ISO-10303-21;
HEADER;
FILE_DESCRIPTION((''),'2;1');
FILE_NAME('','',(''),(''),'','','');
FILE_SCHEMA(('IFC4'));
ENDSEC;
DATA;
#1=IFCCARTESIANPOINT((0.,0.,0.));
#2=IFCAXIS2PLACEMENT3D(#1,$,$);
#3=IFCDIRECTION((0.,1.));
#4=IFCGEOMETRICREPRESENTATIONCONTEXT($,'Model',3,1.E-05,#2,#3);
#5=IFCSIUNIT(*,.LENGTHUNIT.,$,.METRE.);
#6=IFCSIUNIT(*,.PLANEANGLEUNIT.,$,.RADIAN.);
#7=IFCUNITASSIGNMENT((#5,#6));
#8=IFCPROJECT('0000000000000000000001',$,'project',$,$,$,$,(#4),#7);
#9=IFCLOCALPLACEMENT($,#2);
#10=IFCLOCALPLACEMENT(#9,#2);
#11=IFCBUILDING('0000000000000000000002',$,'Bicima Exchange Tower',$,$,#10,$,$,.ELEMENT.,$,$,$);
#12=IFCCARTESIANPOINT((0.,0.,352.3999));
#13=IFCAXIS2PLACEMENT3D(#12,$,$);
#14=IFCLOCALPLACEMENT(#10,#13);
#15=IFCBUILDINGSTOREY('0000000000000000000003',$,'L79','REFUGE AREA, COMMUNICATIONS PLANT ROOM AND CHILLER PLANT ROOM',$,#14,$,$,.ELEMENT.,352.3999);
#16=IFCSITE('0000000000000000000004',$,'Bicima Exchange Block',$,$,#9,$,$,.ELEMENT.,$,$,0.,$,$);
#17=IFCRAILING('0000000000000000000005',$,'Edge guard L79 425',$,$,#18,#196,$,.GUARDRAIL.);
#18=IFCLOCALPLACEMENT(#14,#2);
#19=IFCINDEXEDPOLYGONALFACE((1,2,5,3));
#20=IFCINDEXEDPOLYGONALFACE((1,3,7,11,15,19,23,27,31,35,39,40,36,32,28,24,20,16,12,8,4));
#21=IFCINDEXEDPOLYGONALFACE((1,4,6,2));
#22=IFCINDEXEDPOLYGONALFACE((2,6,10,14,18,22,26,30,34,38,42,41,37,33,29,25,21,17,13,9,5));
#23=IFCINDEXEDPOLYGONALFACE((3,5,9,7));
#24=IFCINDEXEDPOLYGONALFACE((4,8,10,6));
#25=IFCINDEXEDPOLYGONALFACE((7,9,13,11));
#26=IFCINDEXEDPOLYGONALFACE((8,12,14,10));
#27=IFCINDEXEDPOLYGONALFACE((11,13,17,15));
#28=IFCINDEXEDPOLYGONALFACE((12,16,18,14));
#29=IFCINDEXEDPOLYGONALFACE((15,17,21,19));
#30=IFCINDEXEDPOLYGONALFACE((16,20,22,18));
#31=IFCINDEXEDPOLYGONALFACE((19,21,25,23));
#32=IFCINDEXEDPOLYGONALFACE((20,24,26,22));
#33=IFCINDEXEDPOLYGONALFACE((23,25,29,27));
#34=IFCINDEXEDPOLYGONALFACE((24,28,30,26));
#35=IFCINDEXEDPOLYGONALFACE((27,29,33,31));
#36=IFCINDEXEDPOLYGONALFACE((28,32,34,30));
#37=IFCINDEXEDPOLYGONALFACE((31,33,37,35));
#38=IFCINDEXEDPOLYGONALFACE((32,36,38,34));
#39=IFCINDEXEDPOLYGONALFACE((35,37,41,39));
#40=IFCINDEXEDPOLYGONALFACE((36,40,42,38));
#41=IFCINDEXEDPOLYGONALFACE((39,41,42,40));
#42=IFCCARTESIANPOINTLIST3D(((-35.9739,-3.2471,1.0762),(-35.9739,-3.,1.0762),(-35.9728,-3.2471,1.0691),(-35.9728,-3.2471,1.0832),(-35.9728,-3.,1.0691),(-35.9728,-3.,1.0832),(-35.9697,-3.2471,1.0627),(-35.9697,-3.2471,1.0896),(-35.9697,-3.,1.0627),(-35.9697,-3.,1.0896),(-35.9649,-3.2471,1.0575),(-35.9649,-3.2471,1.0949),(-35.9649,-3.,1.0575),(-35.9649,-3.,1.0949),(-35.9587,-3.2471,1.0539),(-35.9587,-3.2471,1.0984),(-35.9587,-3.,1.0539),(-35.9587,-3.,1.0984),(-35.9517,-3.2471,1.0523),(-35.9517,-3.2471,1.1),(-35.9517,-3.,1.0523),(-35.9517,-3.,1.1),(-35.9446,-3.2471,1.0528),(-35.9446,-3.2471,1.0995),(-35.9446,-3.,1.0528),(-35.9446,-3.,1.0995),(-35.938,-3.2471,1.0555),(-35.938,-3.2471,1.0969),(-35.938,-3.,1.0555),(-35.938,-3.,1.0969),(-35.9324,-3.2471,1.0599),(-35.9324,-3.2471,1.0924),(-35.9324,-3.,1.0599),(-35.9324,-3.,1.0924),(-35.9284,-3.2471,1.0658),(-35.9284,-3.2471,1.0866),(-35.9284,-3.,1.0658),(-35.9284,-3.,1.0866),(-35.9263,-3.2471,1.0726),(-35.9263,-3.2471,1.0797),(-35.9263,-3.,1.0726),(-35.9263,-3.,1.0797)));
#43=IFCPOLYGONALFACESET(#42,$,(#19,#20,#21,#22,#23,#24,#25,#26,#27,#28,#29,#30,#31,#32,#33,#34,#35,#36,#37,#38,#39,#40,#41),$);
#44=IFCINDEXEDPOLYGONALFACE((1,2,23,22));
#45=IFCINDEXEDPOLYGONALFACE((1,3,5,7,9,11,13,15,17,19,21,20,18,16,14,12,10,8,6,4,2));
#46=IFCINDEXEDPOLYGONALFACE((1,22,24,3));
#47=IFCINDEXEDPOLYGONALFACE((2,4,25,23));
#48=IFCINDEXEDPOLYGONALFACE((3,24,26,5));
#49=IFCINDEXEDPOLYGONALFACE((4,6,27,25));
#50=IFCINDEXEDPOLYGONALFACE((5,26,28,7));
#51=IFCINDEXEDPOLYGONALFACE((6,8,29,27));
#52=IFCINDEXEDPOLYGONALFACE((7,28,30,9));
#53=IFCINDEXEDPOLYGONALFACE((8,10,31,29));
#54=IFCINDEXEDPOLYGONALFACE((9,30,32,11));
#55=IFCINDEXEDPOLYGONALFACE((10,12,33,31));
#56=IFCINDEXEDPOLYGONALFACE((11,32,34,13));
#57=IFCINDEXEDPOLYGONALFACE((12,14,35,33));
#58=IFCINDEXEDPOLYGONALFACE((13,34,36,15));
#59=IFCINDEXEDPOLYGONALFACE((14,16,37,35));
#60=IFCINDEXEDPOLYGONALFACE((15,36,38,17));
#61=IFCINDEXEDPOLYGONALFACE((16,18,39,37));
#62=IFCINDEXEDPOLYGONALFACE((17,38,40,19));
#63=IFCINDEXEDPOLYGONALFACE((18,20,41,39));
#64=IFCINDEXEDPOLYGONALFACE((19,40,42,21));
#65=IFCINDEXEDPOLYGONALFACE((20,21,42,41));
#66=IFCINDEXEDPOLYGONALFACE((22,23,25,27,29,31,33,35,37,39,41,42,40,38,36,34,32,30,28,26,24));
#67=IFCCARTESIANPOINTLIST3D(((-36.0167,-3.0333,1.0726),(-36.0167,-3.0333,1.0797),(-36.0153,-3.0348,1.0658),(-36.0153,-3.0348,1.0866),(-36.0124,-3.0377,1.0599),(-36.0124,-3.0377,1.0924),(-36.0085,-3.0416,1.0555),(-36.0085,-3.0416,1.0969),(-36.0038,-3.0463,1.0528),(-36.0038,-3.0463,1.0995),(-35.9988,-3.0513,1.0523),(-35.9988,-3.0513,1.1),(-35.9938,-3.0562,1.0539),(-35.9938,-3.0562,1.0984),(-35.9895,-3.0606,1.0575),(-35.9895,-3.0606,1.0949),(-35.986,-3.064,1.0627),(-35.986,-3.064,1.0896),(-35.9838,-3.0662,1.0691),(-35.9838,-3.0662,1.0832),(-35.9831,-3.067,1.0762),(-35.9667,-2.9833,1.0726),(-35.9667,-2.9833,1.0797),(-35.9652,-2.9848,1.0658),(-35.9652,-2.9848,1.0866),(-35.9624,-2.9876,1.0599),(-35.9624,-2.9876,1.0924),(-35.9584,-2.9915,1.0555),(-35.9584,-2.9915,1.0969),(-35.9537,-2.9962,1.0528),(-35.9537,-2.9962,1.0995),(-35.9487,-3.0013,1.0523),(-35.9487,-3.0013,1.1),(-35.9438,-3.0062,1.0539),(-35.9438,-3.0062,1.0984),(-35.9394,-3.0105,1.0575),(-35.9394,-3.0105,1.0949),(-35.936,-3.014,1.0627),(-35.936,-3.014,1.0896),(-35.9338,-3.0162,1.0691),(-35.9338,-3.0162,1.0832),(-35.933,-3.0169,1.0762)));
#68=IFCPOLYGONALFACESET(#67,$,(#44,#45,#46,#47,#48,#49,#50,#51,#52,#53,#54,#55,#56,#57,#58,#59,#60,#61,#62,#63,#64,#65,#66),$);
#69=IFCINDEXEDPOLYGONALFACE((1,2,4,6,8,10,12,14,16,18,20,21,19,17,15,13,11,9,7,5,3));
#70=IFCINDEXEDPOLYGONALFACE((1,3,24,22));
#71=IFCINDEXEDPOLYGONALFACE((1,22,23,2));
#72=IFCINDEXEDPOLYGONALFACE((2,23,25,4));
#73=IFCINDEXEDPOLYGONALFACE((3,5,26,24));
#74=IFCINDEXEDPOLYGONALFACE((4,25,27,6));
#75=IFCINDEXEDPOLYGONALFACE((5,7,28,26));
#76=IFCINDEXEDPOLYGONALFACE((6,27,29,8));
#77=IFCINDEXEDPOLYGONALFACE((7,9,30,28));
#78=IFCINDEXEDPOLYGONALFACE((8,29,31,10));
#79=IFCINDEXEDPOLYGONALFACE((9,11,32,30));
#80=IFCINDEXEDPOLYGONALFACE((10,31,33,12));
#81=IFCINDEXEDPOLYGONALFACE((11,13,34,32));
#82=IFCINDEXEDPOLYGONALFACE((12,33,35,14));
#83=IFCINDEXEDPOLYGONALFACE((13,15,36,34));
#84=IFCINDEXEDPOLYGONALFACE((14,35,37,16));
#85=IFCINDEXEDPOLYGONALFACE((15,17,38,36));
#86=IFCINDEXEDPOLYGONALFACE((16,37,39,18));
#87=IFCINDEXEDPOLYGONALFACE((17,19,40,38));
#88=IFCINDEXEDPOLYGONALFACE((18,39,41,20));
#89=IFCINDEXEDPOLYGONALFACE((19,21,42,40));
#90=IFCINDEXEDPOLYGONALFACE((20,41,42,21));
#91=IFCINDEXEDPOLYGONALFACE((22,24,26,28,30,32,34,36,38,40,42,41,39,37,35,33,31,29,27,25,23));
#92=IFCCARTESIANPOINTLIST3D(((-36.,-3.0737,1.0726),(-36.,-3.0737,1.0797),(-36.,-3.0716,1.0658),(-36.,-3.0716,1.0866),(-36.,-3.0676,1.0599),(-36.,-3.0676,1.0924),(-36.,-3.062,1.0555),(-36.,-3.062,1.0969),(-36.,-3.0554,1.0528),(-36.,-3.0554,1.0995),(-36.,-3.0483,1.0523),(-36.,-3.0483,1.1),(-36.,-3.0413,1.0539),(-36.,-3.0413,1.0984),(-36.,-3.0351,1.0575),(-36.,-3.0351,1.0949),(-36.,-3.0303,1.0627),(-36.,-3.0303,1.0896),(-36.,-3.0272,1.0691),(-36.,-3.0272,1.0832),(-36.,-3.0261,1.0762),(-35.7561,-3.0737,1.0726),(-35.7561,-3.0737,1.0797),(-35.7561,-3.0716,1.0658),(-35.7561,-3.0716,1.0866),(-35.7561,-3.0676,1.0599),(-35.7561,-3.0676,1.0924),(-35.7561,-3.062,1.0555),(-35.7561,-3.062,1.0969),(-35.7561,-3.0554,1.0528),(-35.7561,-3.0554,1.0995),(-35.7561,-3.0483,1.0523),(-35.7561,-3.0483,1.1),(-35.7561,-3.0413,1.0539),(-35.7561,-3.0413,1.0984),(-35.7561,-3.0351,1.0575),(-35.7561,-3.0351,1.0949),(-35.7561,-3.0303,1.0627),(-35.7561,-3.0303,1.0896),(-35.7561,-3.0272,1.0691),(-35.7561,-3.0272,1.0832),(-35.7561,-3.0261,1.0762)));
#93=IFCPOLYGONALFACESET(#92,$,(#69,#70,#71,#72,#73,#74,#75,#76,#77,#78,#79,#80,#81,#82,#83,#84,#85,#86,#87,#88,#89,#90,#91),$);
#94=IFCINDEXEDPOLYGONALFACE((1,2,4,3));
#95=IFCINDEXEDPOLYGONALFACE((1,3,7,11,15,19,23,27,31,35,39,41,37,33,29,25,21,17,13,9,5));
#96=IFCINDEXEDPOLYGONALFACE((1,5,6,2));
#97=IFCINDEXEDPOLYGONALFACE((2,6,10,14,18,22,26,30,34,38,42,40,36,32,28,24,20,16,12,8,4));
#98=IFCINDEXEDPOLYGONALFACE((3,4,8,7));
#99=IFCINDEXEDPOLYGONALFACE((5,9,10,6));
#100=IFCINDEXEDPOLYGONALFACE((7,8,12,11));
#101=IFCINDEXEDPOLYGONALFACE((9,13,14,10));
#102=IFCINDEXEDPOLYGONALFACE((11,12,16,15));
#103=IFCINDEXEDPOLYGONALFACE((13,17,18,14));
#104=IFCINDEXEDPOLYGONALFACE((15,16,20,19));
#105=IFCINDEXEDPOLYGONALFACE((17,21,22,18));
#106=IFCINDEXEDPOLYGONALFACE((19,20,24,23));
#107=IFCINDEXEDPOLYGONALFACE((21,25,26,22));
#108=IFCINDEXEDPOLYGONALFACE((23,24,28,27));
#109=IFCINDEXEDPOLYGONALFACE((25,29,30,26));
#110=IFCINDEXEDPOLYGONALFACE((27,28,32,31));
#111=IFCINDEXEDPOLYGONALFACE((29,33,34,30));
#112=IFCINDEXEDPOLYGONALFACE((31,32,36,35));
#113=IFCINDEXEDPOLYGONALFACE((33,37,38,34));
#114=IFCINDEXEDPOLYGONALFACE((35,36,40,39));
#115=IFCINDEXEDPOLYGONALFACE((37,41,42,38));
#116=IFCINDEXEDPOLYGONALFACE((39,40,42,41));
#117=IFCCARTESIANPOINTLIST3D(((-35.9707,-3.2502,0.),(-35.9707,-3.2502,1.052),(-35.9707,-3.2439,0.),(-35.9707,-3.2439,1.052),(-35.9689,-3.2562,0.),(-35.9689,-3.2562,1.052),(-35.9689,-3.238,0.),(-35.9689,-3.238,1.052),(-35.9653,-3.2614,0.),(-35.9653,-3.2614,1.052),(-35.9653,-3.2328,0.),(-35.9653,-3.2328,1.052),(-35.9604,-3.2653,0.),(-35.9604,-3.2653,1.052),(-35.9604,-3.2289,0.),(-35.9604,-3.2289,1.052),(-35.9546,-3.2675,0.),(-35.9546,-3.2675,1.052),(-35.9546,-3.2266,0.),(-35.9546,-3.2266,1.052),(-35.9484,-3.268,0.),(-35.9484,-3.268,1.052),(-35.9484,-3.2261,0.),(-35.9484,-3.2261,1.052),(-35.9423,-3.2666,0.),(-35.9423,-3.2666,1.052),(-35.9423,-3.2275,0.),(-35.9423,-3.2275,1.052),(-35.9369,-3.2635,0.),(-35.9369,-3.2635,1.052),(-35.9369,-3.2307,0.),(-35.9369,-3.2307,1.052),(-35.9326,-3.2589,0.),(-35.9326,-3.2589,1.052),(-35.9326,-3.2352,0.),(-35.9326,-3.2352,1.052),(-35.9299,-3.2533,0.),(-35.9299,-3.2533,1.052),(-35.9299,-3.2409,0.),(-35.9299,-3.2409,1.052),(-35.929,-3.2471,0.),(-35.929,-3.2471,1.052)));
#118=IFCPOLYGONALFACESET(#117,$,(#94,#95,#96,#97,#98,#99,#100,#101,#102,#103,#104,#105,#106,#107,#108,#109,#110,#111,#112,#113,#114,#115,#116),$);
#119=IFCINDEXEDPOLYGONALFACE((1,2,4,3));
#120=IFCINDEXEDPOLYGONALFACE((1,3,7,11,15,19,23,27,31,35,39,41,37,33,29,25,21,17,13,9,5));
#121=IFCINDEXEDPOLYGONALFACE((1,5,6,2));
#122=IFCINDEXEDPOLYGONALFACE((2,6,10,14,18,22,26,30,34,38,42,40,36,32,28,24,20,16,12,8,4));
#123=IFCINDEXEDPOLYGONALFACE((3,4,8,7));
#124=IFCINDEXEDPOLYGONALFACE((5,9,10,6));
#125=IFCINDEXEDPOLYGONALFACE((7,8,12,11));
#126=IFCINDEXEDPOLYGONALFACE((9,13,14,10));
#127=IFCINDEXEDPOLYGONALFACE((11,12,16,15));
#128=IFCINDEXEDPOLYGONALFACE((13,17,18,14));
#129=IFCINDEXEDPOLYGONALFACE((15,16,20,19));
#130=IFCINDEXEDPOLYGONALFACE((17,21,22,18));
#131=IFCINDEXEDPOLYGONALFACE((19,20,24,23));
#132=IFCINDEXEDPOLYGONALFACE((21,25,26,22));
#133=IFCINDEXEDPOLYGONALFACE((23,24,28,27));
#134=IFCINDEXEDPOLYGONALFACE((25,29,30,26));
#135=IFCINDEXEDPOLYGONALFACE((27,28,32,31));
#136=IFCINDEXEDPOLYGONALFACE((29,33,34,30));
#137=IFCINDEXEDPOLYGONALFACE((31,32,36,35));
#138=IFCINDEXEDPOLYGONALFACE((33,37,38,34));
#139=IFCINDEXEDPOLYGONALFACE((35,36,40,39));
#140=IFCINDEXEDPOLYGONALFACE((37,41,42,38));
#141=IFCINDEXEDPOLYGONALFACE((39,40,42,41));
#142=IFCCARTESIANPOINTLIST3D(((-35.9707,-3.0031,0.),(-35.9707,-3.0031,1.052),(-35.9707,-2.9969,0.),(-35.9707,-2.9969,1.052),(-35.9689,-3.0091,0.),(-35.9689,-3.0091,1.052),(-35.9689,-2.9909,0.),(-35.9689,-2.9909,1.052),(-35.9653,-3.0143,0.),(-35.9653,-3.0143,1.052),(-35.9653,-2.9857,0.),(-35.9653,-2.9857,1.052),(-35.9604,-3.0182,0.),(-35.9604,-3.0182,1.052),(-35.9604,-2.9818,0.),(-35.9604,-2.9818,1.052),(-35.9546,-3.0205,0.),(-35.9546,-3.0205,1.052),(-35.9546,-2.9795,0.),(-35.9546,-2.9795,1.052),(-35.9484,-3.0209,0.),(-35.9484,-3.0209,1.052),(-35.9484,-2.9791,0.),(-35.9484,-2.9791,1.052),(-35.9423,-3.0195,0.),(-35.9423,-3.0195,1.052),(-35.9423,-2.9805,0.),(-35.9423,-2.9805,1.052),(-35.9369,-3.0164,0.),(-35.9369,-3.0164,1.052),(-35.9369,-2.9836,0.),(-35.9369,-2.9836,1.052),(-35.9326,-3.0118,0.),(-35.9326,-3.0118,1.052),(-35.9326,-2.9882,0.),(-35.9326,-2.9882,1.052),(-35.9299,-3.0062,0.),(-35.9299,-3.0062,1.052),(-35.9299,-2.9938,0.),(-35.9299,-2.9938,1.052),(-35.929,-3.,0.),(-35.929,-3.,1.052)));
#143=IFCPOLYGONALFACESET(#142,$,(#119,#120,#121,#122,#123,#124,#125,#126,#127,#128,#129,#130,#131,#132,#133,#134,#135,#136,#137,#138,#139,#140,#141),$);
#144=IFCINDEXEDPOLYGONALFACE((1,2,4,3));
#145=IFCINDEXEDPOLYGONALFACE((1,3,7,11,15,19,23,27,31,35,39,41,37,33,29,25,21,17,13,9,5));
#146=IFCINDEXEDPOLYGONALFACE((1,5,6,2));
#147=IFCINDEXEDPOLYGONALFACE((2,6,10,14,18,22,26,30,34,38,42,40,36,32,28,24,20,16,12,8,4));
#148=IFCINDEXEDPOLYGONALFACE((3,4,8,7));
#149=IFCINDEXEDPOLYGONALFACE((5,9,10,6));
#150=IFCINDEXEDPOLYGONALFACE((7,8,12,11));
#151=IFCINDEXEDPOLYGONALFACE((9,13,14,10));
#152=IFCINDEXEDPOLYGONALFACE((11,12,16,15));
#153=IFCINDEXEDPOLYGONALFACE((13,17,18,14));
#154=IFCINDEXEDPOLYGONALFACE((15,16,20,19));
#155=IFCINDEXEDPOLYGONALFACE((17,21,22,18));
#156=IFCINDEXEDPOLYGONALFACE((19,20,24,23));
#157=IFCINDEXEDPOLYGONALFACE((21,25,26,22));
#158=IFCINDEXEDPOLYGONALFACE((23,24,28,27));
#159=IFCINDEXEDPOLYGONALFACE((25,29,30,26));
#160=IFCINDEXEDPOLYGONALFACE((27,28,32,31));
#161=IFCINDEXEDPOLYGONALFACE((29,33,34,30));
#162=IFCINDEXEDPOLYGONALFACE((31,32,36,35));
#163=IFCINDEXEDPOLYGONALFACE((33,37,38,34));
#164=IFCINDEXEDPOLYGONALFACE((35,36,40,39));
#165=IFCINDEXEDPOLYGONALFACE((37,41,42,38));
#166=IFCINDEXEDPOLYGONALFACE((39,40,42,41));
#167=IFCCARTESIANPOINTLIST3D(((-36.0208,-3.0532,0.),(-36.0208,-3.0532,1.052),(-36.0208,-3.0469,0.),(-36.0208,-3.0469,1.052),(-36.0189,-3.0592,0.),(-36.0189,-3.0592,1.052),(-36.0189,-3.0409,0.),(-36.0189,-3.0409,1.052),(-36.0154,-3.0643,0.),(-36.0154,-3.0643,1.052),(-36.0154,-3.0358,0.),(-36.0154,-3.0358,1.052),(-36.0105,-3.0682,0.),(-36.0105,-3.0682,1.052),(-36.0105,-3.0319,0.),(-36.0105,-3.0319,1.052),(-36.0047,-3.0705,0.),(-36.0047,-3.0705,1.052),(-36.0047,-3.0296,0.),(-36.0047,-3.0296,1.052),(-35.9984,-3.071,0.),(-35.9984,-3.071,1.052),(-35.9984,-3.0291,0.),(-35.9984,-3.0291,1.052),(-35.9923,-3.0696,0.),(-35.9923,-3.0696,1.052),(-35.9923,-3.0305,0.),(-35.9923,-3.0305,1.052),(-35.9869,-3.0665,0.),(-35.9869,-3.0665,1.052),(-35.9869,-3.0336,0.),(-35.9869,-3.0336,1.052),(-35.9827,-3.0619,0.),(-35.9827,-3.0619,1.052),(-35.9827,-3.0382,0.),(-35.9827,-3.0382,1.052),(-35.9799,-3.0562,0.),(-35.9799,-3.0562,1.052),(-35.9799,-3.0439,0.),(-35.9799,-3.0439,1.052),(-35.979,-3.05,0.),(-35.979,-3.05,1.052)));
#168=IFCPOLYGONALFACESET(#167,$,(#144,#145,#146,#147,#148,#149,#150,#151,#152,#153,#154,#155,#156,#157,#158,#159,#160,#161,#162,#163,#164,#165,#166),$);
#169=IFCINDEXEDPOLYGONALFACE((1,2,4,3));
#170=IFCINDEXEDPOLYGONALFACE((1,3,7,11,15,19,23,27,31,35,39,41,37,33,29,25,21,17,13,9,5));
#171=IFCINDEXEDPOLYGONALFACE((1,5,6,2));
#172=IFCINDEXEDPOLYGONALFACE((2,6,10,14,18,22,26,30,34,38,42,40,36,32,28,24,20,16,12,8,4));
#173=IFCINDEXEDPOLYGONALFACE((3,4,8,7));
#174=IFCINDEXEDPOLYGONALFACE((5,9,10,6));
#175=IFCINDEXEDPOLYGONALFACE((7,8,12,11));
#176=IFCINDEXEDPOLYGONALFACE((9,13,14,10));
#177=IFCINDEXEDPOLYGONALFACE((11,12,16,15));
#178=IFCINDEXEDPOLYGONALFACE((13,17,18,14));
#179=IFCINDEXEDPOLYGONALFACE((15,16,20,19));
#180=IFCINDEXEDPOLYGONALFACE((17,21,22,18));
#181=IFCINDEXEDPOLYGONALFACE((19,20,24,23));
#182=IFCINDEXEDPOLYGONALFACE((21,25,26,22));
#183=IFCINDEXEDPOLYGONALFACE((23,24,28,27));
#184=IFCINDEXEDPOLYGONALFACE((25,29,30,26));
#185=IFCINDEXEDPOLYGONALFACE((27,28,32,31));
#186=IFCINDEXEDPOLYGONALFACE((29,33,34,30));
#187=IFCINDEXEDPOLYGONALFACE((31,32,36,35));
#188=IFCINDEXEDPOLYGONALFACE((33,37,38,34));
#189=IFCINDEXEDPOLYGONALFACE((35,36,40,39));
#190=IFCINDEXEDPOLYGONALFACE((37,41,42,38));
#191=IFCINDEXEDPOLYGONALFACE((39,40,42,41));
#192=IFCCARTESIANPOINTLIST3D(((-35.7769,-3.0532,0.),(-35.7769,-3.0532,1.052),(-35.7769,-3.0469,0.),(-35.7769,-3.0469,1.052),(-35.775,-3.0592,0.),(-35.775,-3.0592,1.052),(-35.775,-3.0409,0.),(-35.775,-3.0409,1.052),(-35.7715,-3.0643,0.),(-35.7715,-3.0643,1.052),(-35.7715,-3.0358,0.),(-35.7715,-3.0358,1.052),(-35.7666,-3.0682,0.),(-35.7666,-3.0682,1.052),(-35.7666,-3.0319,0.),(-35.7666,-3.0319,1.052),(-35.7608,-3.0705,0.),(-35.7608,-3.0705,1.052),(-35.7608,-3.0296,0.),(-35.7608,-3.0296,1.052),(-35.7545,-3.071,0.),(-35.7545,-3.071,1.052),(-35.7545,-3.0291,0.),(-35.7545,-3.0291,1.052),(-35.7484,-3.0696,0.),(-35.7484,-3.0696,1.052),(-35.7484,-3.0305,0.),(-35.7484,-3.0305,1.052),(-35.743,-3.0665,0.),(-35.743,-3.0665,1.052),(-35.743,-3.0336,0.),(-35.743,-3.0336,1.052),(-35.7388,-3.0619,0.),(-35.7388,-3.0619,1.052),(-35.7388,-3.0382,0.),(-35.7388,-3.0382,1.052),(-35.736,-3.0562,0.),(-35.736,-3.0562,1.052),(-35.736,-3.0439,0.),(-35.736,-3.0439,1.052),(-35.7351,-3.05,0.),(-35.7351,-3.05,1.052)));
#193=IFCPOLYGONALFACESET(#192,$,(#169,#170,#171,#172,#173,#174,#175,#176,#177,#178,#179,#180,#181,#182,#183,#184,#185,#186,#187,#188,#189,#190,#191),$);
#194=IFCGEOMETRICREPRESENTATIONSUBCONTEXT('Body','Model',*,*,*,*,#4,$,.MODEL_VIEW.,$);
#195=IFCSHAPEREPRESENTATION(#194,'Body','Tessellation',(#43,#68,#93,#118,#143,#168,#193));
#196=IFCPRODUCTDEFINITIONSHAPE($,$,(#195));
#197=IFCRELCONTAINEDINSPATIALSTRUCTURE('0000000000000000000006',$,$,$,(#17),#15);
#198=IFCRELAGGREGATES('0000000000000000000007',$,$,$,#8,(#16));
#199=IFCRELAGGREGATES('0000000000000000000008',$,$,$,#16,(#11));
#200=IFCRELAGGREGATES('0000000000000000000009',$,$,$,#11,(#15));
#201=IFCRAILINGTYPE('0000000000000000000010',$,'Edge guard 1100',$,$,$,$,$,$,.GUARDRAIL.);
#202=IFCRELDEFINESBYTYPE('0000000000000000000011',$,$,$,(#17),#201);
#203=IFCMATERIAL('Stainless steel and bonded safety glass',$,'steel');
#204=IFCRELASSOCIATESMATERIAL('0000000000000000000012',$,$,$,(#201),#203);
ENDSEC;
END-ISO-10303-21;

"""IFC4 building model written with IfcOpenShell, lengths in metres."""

from ifc_helpers import new_model, si_unit, direction, frame, origin, origin_2d, place, context, subcontext, project, spatial, circle, extrude, material, type_object, element, save


model = new_model("IFC4")

# Units and contexts
model_context = context("Model", 3, precision=1e-05, world=origin(), true_north=direction((0.0, 1.0)))
body_context = subcontext(model_context, "Body", "Model", "MODEL_VIEW")
ifc_project = project(units=[si_unit("LENGTHUNIT", "METRE"), si_unit("PLANEANGLEUNIT", "RADIAN")], contexts=[model_context])

# Site, building, storey
site_placement = place(None, origin())
site = spatial("IfcSite", under=ifc_project, at=site_placement, Name="Bicima Exchange Block", CompositionType="ELEMENT", RefElevation=0.0)
building_placement = place(site_placement, origin())
building = spatial("IfcBuilding", under=site, at=building_placement, Name="Bicima Exchange Tower", CompositionType="ELEMENT")
storey_placement = place(building_placement, frame((0.0, 0.0, 352.3999)))
storey = spatial("IfcBuildingStorey", under=building, at=storey_placement, Name="L79", Description="REFUGE AREA, COMMUNICATIONS PLANT ROOM AND CHILLER PLANT ROOM", CompositionType="ELEMENT", Elevation=352.3999)

# Railing
ifc_material_1 = material(Name="Stainless steel and bonded safety glass", Category="steel")
railing_type = type_object("IfcRailingType", Name="Edge guard 1100", PredefinedType="GUARDRAIL", material=ifc_material_1)
railing_1_placement = place(storey_placement, frame((-35.95, -3.2471, 0.0)))
element("IfcRailing", 1, at=railing_1_placement, inside=storey, type_object=railing_type, Name="Edge guard L79 425", PredefinedType="GUARDRAIL", context=body_context, shape_type="SweptSolid", body=[
    extrude(circle(Radius=0.0239, at=origin_2d()), frame((0.0, 0.0, 1.0762), z_axis=(0.0, 1.0, 0.0), x_axis=(-1.0, 0.0, 0.0)), (0.0, 0.0, 1.0), 0.2471),
    extrude(circle(Radius=0.0239, at=origin_2d()), frame((0.0, 0.2471, 1.0762), z_axis=(-0.707107, -0.707107, 0.0), x_axis=(0.707107, -0.707107, 0.0)), (0.0, 0.0, 1.0), 0.0708),
    extrude(circle(Radius=0.0239, at=origin_2d()), frame((-0.05, 0.197, 1.0762), z_axis=(1.0, 0.0, 0.0), x_axis=(0.0, 1.0, 0.0)), (0.0, 0.0, 1.0), 0.2439),
    extrude(circle(Radius=0.021, at=origin_2d()), origin(), (0.0, 0.0, 1.0), 1.052),
    extrude(circle(Radius=0.021, at=origin_2d()), frame((0.0, 0.2471, 0.0)), (0.0, 0.0, 1.0), 1.052),
    extrude(circle(Radius=0.021, at=origin_2d()), frame((-0.05, 0.197, 0.0)), (0.0, 0.0, 1.0), 1.052),
    extrude(circle(Radius=0.021, at=origin_2d()), frame((0.1938, 0.197, 0.0)), (0.0, 0.0, 1.0), 1.052),
])

save(model, "model.ifc")
